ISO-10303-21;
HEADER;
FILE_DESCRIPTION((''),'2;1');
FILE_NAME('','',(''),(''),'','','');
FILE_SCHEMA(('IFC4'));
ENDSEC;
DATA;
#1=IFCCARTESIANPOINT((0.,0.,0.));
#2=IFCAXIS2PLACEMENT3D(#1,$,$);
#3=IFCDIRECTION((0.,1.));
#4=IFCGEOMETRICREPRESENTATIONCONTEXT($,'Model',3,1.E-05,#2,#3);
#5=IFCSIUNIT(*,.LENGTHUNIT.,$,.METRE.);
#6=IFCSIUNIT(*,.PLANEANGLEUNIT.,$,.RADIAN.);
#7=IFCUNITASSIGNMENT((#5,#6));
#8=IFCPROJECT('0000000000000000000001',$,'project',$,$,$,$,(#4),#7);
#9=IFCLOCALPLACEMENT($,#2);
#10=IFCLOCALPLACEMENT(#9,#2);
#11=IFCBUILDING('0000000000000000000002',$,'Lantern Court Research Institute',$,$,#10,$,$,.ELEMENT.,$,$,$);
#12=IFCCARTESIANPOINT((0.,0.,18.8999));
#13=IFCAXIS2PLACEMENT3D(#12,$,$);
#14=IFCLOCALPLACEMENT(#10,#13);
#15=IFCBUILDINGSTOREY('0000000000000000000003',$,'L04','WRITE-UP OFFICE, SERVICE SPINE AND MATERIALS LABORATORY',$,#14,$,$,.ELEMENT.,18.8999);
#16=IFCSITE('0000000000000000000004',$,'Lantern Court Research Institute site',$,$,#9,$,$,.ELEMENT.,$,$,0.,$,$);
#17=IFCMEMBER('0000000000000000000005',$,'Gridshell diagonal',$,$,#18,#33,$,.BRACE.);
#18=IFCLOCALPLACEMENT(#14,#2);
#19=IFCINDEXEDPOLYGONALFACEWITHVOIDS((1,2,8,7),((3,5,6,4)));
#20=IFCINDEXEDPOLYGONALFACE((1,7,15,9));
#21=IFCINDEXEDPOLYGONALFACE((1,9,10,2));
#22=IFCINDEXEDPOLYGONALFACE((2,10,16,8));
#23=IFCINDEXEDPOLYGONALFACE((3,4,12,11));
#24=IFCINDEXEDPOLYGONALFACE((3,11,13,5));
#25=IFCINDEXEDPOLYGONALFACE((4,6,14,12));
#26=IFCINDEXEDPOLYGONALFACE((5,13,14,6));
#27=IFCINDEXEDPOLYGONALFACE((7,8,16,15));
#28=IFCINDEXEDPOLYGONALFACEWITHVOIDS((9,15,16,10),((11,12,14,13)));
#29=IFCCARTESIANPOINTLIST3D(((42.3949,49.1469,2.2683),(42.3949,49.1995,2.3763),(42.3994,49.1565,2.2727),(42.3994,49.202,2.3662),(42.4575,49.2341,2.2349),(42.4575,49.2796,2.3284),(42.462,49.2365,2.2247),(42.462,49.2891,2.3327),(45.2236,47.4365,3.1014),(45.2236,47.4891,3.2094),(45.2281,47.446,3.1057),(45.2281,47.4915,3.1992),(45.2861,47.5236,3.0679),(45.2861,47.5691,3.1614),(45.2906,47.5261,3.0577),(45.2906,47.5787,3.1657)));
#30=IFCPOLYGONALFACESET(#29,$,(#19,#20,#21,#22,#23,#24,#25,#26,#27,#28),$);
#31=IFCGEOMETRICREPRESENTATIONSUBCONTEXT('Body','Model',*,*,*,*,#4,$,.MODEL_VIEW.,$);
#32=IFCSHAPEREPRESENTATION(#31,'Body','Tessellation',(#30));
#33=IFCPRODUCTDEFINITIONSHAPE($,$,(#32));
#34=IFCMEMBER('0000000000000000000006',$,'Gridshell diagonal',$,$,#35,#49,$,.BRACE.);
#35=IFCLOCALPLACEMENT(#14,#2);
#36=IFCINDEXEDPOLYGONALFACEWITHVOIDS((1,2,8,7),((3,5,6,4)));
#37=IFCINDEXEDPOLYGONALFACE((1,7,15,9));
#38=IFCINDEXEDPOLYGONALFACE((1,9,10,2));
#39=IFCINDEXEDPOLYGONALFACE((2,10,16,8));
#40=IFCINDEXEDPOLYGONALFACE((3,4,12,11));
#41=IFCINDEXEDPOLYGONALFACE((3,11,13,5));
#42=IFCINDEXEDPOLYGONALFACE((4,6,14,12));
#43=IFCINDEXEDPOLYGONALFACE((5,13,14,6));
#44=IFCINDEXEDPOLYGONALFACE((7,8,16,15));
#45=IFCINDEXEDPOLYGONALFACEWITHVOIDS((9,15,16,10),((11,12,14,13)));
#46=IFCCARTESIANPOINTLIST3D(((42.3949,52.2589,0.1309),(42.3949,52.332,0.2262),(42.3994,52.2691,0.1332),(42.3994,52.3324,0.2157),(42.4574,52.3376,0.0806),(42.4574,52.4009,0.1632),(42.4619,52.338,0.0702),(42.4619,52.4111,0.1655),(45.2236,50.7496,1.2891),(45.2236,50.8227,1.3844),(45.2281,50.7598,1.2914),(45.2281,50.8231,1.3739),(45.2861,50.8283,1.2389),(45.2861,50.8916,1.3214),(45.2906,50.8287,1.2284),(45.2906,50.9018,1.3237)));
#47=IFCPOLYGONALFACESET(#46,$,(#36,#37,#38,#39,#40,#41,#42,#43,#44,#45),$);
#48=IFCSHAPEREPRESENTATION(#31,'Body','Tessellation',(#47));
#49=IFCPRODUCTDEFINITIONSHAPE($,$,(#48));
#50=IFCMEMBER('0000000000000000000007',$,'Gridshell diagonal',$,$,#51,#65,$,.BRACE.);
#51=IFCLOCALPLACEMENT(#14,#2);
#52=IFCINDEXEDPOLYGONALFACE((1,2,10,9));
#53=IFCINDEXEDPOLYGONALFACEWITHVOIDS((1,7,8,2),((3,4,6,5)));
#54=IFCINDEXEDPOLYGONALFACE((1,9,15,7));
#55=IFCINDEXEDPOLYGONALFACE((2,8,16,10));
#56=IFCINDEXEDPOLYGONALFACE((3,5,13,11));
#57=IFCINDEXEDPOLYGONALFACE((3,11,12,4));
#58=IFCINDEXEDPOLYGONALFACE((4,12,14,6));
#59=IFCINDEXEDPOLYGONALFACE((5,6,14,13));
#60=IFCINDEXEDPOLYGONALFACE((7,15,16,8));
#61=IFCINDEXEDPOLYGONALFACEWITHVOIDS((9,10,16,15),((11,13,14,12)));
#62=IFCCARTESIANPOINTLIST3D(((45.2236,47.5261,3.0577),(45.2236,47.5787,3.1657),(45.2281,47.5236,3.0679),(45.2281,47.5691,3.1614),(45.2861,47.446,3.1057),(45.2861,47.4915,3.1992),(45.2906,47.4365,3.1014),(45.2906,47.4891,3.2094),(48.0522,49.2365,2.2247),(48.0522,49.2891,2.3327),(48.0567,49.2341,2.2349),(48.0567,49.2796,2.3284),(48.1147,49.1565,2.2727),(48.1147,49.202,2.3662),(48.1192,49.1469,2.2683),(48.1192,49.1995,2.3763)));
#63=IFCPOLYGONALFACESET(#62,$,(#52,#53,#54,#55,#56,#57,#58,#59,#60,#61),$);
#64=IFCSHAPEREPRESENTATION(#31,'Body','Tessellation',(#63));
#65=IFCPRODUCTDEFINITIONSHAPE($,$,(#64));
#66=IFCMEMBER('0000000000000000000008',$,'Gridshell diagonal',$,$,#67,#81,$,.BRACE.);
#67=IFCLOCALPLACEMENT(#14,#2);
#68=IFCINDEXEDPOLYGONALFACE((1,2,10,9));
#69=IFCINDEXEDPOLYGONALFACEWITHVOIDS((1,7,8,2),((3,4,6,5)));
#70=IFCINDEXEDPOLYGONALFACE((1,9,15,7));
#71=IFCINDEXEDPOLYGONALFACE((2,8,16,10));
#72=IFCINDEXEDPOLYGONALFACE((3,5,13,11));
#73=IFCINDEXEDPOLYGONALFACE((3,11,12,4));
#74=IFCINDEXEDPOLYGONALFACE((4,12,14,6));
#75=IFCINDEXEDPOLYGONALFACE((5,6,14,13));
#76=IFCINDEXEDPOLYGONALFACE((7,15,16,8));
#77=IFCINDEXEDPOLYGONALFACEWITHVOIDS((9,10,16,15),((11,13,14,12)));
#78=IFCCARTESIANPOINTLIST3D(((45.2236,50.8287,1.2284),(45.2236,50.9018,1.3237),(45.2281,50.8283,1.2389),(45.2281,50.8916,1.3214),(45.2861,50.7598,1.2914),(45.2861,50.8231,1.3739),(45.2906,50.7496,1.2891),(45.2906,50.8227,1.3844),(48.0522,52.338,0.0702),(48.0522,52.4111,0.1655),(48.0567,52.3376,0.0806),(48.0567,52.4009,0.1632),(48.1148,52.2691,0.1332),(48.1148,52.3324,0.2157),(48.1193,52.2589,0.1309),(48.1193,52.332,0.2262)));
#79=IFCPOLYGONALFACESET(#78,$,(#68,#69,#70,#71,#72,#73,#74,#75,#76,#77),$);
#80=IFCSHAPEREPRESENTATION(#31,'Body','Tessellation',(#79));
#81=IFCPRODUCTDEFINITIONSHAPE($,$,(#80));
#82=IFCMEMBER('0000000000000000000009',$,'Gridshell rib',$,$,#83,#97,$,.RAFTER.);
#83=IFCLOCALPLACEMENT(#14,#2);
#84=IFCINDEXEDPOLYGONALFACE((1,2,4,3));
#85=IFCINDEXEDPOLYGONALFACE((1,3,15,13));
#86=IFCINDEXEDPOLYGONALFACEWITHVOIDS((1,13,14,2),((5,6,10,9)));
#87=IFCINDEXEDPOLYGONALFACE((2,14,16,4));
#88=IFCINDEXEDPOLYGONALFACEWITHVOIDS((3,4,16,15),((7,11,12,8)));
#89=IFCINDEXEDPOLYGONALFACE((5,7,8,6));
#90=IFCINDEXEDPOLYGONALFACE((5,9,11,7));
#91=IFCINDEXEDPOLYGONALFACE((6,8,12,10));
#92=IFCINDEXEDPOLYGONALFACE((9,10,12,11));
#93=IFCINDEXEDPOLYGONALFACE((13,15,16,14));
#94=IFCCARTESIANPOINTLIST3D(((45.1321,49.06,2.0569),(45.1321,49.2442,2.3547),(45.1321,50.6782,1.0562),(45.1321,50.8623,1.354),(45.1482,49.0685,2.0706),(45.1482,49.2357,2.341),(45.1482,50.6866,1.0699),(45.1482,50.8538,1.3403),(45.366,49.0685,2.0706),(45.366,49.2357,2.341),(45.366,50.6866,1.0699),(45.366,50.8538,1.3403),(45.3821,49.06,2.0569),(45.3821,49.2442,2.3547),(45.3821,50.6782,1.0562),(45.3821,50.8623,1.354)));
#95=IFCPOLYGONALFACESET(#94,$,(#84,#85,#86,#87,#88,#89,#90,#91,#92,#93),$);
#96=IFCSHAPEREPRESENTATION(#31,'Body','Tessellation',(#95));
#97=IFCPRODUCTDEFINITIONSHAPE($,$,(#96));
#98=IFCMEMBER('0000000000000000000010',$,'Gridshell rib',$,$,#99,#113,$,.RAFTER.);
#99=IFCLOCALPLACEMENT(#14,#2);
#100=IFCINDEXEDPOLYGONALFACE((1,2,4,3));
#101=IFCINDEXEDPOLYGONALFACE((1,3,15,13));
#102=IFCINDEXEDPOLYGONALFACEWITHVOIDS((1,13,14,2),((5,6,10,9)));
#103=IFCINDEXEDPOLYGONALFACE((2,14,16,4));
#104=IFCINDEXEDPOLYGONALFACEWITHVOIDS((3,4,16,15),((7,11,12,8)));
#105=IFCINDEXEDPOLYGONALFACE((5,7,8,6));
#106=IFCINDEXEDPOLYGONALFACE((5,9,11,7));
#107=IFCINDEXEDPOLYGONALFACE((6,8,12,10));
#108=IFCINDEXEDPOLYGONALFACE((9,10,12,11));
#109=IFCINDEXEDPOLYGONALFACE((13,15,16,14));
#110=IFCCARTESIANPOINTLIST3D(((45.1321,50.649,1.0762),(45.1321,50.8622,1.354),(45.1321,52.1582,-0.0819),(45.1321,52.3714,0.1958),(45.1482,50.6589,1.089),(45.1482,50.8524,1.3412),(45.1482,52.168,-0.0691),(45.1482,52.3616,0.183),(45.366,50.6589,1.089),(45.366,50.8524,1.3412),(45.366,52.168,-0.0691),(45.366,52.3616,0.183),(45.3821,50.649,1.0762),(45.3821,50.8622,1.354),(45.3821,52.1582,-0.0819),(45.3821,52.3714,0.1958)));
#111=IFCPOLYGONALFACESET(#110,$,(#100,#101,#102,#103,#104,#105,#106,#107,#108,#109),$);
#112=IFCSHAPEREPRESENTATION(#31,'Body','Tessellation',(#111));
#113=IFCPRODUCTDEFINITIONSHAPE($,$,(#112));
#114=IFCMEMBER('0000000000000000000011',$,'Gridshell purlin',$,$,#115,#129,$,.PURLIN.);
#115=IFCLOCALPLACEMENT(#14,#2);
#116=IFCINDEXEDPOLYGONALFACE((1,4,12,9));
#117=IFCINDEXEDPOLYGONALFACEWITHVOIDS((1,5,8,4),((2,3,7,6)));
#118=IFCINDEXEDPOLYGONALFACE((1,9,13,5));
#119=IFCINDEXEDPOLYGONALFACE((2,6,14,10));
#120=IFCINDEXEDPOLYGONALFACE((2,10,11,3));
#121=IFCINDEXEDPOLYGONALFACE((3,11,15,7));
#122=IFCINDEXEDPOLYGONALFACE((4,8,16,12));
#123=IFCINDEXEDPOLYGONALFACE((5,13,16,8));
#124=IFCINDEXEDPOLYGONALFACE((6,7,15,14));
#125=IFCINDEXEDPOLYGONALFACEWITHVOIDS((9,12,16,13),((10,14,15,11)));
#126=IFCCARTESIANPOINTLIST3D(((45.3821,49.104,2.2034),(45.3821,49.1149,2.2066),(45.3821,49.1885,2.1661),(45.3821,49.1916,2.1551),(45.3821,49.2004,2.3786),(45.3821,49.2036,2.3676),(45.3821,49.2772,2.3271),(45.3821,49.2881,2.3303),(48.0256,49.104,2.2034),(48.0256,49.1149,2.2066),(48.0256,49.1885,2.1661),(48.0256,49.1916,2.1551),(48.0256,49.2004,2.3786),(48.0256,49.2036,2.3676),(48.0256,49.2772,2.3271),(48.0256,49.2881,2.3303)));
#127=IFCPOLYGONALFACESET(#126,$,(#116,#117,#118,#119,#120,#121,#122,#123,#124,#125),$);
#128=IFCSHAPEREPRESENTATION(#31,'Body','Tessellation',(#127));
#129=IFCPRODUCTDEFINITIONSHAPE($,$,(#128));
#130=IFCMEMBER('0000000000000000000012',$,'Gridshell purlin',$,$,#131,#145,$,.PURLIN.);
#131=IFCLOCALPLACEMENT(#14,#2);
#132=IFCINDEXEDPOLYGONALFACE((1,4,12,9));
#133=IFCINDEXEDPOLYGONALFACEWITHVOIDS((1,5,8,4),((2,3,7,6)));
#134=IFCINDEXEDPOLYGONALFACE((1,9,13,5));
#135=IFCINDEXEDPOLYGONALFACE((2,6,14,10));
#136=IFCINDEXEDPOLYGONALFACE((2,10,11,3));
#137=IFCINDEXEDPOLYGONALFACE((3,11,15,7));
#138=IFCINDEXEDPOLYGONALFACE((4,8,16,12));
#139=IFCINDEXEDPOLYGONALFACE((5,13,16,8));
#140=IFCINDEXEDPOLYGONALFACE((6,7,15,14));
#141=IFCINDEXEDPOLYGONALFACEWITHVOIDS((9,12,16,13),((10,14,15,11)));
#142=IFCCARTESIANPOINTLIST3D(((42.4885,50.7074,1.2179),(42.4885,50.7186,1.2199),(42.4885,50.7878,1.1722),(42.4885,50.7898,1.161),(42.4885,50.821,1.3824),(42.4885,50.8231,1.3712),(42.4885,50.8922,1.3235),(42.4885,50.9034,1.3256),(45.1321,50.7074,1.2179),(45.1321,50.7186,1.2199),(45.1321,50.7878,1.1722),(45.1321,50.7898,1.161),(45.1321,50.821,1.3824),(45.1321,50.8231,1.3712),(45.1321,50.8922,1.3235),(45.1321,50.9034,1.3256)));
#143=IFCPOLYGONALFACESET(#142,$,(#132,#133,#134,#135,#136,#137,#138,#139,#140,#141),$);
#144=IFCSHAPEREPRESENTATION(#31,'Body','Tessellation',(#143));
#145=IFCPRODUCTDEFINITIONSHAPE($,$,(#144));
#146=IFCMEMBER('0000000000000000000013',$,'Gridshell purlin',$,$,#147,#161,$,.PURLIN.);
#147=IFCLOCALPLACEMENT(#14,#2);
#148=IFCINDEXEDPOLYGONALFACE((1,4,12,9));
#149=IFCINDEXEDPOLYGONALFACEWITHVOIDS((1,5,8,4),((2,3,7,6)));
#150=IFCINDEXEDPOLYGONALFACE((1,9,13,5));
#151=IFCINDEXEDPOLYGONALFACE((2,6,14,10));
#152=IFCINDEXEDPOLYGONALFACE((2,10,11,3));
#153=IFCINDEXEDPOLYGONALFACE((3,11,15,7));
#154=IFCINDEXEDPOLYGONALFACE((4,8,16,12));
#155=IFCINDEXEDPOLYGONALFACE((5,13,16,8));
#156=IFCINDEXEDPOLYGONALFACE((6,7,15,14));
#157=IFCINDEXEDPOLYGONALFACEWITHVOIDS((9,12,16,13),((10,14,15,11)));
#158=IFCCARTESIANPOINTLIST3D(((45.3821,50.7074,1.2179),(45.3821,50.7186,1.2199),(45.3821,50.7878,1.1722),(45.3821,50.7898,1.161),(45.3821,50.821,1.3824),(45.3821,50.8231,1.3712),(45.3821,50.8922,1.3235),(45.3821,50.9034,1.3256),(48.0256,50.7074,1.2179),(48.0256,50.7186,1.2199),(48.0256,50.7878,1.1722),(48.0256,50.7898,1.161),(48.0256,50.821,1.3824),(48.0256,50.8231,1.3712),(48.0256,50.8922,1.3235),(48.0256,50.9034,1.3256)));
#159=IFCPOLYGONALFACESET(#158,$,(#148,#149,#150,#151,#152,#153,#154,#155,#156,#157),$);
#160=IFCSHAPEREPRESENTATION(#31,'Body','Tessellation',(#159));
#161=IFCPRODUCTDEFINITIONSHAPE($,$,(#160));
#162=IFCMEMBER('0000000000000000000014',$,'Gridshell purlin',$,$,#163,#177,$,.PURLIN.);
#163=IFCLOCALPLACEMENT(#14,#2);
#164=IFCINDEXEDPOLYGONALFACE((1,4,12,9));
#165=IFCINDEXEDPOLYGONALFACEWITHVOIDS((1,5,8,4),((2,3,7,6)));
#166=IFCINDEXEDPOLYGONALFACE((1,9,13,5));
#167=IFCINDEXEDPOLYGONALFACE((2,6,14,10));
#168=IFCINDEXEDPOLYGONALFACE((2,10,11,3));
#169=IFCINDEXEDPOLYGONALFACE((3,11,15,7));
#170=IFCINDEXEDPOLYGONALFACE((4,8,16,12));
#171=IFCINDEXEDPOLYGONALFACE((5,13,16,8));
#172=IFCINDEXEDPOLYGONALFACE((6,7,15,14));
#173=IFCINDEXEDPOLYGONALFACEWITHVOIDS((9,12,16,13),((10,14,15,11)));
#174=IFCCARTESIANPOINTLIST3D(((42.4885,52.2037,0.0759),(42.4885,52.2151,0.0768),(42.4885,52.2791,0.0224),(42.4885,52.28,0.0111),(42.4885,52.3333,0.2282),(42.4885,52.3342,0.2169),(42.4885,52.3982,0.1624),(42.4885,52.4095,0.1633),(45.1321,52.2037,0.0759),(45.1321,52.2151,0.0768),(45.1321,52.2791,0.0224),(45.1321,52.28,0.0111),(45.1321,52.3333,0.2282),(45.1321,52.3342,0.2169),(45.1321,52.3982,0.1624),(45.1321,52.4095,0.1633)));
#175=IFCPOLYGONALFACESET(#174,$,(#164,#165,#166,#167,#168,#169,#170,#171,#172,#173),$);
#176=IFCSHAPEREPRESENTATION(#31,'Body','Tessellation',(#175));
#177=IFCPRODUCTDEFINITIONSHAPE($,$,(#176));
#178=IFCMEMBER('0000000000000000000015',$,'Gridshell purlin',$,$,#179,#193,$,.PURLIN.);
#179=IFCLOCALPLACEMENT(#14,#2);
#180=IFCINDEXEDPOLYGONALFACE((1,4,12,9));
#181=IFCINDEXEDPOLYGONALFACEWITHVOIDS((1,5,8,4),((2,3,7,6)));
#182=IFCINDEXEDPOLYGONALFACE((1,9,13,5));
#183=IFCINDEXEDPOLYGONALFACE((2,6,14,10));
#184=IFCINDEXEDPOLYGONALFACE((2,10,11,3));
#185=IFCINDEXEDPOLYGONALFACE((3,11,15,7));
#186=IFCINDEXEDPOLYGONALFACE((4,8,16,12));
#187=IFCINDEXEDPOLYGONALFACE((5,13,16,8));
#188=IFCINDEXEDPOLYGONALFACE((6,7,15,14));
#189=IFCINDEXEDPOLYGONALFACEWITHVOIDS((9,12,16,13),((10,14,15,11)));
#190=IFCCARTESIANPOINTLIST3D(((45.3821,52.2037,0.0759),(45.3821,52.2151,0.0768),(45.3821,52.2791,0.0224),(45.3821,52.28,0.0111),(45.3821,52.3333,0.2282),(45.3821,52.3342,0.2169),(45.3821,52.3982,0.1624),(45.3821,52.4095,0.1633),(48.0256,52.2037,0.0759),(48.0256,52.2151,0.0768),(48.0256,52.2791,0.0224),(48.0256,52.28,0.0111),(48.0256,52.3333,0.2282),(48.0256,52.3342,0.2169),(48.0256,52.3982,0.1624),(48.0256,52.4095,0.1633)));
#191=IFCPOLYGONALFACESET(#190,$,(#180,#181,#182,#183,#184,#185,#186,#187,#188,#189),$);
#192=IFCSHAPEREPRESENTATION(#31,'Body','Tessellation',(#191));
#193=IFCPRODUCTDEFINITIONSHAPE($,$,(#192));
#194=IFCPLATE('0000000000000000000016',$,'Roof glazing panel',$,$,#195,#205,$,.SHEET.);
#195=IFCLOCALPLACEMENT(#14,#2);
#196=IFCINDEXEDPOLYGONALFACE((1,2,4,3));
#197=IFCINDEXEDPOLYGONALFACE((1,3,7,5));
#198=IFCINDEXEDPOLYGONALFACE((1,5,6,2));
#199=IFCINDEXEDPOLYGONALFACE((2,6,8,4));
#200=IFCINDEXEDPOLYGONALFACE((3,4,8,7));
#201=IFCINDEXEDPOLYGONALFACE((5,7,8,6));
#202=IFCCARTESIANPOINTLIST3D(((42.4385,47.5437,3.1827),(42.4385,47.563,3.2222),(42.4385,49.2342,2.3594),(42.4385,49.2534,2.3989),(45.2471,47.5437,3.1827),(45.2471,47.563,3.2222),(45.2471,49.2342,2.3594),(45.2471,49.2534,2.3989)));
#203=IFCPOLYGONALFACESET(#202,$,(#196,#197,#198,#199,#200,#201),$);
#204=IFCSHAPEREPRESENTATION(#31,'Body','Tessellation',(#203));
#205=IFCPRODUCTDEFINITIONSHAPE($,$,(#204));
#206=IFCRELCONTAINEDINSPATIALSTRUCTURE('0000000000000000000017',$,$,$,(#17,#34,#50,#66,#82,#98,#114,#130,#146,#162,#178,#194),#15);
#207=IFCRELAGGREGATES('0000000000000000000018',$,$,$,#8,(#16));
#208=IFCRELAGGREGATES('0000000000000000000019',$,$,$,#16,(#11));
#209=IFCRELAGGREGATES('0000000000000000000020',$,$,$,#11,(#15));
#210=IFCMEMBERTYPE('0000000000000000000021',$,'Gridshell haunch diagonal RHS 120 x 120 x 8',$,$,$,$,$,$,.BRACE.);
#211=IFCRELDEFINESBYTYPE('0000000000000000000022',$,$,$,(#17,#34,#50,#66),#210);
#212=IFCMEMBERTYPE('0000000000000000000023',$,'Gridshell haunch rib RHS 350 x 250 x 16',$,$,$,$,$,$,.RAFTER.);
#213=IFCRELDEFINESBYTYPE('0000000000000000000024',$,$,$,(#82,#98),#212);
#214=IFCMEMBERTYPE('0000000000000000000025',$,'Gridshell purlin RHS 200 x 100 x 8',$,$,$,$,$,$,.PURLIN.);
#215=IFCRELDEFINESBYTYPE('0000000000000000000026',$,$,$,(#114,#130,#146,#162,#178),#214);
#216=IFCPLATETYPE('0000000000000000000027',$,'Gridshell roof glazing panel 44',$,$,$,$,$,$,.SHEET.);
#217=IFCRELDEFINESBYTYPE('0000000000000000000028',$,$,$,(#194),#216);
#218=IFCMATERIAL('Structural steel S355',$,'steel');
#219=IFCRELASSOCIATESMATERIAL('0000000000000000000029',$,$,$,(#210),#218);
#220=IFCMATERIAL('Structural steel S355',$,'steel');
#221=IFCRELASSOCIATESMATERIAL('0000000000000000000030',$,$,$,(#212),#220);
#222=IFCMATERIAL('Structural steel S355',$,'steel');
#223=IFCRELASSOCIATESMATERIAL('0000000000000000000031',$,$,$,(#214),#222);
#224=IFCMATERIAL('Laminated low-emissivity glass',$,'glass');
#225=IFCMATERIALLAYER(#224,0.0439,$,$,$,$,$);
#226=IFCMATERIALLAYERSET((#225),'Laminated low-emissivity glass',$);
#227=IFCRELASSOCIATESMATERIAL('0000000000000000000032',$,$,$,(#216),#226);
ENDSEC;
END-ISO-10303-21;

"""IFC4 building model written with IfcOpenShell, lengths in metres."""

from ifc_helpers import new_model, si_unit, direction, frame, origin, origin_2d, place, context, subcontext, project, spatial, polyline, hollow_rectangle, outline, extrude, material, layer, layer_set, material_profile, profile_set, type_object, element, save


model = new_model("IFC4")

# Units and contexts
model_context = context("Model", 3, precision=1e-05, world=origin(), true_north=direction((0.0, 1.0)))
body_context = subcontext(model_context, "Body", "Model", "MODEL_VIEW")
ifc_project = project(units=[si_unit("LENGTHUNIT", "METRE"), si_unit("PLANEANGLEUNIT", "RADIAN")], contexts=[model_context])

# Site, building, storey
site_placement = place(None, origin())
site = spatial("IfcSite", under=ifc_project, at=site_placement, Name="Lantern Court Research Institute site", CompositionType="ELEMENT", RefElevation=0.0)
building_placement = place(site_placement, origin())
building = spatial("IfcBuilding", under=site, at=building_placement, Name="Lantern Court Research Institute", CompositionType="ELEMENT")
storey_placement = place(building_placement, frame((0.0, 0.0, 18.8999)))
storey = spatial("IfcBuildingStorey", under=building, at=storey_placement, Name="L04", Description="WRITE-UP OFFICE, SERVICE SPINE AND MATERIALS LABORATORY", CompositionType="ELEMENT", Elevation=18.8999)

# Members
ifc_material_1 = material(Name="Structural steel S355", Category="steel")
ifc_material_profile_1 = material_profile(ifc_material_1, hollow_rectangle(XDim=0.1201, YDim=0.1201, WallThickness=0.0081, at=origin_2d()), Name="Gridshell haunch diagonal RHS 120 x 120 x 8")
ifc_profile_set_1 = profile_set([ifc_material_profile_1], Name="Structural steel S355")
member_type_1 = type_object("IfcMemberType", Name="Gridshell haunch diagonal RHS 120 x 120 x 8", PredefinedType="BRACE", material=ifc_profile_set_1)
for number, where, z_axis, x_axis, name in (
    (1, (45.2571, 47.5076, 3.1335), (-0.829773, 0.50176, -0.244363), (-0.558101, -0.746025, 0.363277), "Gridshell diagonal"),
    (2, (45.2571, 50.8257, 1.3064), (-0.82978, 0.44275, -0.339761), (-0.558091, -0.65828, 0.505176), "Gridshell diagonal"),
    (3, (45.2571, 47.5076, 3.1335), (0.829773, 0.50176, -0.244363), (-0.558101, 0.746025, -0.363277), "Gridshell diagonal"),
    (4, (45.2571, 50.8257, 1.3064), (0.82978, 0.44275, -0.339761), (-0.558091, 0.65828, -0.505176), "Gridshell diagonal"),
):
    element("IfcMember", number, at=place(storey_placement, frame(where, z_axis=z_axis, x_axis=x_axis)), inside=storey, type_object=member_type_1, Name=name, PredefinedType="BRACE", context=body_context, shape_type="SweptSolid", body=[
        extrude(hollow_rectangle(XDim=0.1201, YDim=0.1201, WallThickness=0.0081, at=origin_2d()), origin(), (0.0, 0.0, 1.0), 3.4089),
    ])
ifc_material_2 = material(Name="Structural steel S355", Category="steel")
ifc_material_profile_2 = material_profile(ifc_material_2, hollow_rectangle(XDim=0.25, YDim=0.3501, WallThickness=0.0161, at=origin_2d()), Name="Gridshell haunch rib RHS 350 x 250 x 16")
ifc_profile_set_2 = profile_set([ifc_material_profile_2], Name="Structural steel S355")
member_type_2 = type_object("IfcMemberType", Name="Gridshell haunch rib RHS 350 x 250 x 16", PredefinedType="RAFTER", material=ifc_profile_set_2)
member_1_placement = place(storey_placement, frame((45.2571, 49.1521, 2.2058), z_axis=(0.0, 0.850498, -0.525979), x_axis=(-1.0, 0.0, 0.0)))
element("IfcMember", 5, at=member_1_placement, inside=storey, type_object=member_type_2, Name="Gridshell rib", PredefinedType="RAFTER", context=body_context, shape_type="SweptSolid", body=[
    extrude(hollow_rectangle(XDim=0.25, YDim=0.3501, WallThickness=0.0161, at=origin_2d()), origin(), (0.0, 0.0, 1.0), 1.9026),
])
member_2_placement = place(storey_placement, frame((45.2571, 50.7556, 1.2151), z_axis=(0.0, 0.79333, -0.608792), x_axis=(-1.0, 0.0, 0.0)))
element("IfcMember", 6, at=member_2_placement, inside=storey, type_object=member_type_2, Name="Gridshell rib", PredefinedType="RAFTER", context=body_context, shape_type="SweptSolid", body=[
    extrude(hollow_rectangle(XDim=0.25, YDim=0.3501, WallThickness=0.0161, at=origin_2d()), origin(), (0.0, 0.0, 1.0), 1.9023),
])
ifc_material_3 = material(Name="Structural steel S355", Category="steel")
ifc_material_profile_3 = material_profile(ifc_material_3, hollow_rectangle(XDim=0.1001, YDim=0.2, WallThickness=0.0081, at=origin_2d()), Name="Gridshell purlin RHS 200 x 100 x 8")
ifc_profile_set_3 = profile_set([ifc_material_profile_3], Name="Structural steel S355")
member_type_3 = type_object("IfcMemberType", Name="Gridshell purlin RHS 200 x 100 x 8", PredefinedType="PURLIN", material=ifc_profile_set_3)
for number, where, z_axis, x_axis, name in (
    (7, (45.3821, 49.196, 2.2668), (1.0, 0.0, 0.0), (0.0, 0.875897, -0.482497), "Gridshell purlin"),
    (8, (42.4885, 50.8054, 1.2717), (1.0, 0.0, 0.0), (0.0, 0.822954, -0.568108), "Gridshell purlin"),
    (9, (45.3821, 50.8054, 1.2717), (1.0, 0.0, 0.0), (0.0, 0.822954, -0.568108), "Gridshell purlin"),
    (10, (42.4885, 52.3066, 0.1196), (1.0, 0.0, 0.0), (0.0, 0.761673, -0.647962), "Gridshell purlin"),
    (11, (45.3821, 52.3066, 0.1196), (1.0, 0.0, 0.0), (0.0, 0.761673, -0.647962), "Gridshell purlin"),
):
    element("IfcMember", number, at=place(storey_placement, frame(where, z_axis=z_axis, x_axis=x_axis)), inside=storey, type_object=member_type_3, Name=name, PredefinedType="PURLIN", context=body_context, shape_type="SweptSolid", body=[
        extrude(hollow_rectangle(XDim=0.1001, YDim=0.2, WallThickness=0.0081, at=origin_2d()), origin(), (0.0, 0.0, 1.0), 2.6436),
    ])

# Plate
ifc_material_4 = material(Name="Laminated low-emissivity glass", Category="glass")
ifc_layer = layer(ifc_material_4, 0.0439)
ifc_layer_set = layer_set([ifc_layer], Name="Laminated low-emissivity glass")
plate_type = type_object("IfcPlateType", Name="Gridshell roof glazing panel 44", PredefinedType="SHEET", material=ifc_layer_set)
plate_1_placement = place(storey_placement, frame((45.2471, 47.563, 3.2222), z_axis=(0.0, 0.43784, 0.899053), x_axis=(-1.0, 0.0, 0.0)))
element("IfcPlate", 12, at=plate_1_placement, inside=storey, type_object=plate_type, Name="Roof glazing panel", PredefinedType="SHEET", context=body_context, shape_type="SweptSolid", body=[
    extrude(outline(polyline([(0.0, 0.0), (2.8086, 0.0), (2.8086, -1.8802), (0.0, -1.8802), (0.0, 0.0)])), origin(), (0.0, 0.0, -1.0), 0.0439),
])

save(model, "model.ifc")
